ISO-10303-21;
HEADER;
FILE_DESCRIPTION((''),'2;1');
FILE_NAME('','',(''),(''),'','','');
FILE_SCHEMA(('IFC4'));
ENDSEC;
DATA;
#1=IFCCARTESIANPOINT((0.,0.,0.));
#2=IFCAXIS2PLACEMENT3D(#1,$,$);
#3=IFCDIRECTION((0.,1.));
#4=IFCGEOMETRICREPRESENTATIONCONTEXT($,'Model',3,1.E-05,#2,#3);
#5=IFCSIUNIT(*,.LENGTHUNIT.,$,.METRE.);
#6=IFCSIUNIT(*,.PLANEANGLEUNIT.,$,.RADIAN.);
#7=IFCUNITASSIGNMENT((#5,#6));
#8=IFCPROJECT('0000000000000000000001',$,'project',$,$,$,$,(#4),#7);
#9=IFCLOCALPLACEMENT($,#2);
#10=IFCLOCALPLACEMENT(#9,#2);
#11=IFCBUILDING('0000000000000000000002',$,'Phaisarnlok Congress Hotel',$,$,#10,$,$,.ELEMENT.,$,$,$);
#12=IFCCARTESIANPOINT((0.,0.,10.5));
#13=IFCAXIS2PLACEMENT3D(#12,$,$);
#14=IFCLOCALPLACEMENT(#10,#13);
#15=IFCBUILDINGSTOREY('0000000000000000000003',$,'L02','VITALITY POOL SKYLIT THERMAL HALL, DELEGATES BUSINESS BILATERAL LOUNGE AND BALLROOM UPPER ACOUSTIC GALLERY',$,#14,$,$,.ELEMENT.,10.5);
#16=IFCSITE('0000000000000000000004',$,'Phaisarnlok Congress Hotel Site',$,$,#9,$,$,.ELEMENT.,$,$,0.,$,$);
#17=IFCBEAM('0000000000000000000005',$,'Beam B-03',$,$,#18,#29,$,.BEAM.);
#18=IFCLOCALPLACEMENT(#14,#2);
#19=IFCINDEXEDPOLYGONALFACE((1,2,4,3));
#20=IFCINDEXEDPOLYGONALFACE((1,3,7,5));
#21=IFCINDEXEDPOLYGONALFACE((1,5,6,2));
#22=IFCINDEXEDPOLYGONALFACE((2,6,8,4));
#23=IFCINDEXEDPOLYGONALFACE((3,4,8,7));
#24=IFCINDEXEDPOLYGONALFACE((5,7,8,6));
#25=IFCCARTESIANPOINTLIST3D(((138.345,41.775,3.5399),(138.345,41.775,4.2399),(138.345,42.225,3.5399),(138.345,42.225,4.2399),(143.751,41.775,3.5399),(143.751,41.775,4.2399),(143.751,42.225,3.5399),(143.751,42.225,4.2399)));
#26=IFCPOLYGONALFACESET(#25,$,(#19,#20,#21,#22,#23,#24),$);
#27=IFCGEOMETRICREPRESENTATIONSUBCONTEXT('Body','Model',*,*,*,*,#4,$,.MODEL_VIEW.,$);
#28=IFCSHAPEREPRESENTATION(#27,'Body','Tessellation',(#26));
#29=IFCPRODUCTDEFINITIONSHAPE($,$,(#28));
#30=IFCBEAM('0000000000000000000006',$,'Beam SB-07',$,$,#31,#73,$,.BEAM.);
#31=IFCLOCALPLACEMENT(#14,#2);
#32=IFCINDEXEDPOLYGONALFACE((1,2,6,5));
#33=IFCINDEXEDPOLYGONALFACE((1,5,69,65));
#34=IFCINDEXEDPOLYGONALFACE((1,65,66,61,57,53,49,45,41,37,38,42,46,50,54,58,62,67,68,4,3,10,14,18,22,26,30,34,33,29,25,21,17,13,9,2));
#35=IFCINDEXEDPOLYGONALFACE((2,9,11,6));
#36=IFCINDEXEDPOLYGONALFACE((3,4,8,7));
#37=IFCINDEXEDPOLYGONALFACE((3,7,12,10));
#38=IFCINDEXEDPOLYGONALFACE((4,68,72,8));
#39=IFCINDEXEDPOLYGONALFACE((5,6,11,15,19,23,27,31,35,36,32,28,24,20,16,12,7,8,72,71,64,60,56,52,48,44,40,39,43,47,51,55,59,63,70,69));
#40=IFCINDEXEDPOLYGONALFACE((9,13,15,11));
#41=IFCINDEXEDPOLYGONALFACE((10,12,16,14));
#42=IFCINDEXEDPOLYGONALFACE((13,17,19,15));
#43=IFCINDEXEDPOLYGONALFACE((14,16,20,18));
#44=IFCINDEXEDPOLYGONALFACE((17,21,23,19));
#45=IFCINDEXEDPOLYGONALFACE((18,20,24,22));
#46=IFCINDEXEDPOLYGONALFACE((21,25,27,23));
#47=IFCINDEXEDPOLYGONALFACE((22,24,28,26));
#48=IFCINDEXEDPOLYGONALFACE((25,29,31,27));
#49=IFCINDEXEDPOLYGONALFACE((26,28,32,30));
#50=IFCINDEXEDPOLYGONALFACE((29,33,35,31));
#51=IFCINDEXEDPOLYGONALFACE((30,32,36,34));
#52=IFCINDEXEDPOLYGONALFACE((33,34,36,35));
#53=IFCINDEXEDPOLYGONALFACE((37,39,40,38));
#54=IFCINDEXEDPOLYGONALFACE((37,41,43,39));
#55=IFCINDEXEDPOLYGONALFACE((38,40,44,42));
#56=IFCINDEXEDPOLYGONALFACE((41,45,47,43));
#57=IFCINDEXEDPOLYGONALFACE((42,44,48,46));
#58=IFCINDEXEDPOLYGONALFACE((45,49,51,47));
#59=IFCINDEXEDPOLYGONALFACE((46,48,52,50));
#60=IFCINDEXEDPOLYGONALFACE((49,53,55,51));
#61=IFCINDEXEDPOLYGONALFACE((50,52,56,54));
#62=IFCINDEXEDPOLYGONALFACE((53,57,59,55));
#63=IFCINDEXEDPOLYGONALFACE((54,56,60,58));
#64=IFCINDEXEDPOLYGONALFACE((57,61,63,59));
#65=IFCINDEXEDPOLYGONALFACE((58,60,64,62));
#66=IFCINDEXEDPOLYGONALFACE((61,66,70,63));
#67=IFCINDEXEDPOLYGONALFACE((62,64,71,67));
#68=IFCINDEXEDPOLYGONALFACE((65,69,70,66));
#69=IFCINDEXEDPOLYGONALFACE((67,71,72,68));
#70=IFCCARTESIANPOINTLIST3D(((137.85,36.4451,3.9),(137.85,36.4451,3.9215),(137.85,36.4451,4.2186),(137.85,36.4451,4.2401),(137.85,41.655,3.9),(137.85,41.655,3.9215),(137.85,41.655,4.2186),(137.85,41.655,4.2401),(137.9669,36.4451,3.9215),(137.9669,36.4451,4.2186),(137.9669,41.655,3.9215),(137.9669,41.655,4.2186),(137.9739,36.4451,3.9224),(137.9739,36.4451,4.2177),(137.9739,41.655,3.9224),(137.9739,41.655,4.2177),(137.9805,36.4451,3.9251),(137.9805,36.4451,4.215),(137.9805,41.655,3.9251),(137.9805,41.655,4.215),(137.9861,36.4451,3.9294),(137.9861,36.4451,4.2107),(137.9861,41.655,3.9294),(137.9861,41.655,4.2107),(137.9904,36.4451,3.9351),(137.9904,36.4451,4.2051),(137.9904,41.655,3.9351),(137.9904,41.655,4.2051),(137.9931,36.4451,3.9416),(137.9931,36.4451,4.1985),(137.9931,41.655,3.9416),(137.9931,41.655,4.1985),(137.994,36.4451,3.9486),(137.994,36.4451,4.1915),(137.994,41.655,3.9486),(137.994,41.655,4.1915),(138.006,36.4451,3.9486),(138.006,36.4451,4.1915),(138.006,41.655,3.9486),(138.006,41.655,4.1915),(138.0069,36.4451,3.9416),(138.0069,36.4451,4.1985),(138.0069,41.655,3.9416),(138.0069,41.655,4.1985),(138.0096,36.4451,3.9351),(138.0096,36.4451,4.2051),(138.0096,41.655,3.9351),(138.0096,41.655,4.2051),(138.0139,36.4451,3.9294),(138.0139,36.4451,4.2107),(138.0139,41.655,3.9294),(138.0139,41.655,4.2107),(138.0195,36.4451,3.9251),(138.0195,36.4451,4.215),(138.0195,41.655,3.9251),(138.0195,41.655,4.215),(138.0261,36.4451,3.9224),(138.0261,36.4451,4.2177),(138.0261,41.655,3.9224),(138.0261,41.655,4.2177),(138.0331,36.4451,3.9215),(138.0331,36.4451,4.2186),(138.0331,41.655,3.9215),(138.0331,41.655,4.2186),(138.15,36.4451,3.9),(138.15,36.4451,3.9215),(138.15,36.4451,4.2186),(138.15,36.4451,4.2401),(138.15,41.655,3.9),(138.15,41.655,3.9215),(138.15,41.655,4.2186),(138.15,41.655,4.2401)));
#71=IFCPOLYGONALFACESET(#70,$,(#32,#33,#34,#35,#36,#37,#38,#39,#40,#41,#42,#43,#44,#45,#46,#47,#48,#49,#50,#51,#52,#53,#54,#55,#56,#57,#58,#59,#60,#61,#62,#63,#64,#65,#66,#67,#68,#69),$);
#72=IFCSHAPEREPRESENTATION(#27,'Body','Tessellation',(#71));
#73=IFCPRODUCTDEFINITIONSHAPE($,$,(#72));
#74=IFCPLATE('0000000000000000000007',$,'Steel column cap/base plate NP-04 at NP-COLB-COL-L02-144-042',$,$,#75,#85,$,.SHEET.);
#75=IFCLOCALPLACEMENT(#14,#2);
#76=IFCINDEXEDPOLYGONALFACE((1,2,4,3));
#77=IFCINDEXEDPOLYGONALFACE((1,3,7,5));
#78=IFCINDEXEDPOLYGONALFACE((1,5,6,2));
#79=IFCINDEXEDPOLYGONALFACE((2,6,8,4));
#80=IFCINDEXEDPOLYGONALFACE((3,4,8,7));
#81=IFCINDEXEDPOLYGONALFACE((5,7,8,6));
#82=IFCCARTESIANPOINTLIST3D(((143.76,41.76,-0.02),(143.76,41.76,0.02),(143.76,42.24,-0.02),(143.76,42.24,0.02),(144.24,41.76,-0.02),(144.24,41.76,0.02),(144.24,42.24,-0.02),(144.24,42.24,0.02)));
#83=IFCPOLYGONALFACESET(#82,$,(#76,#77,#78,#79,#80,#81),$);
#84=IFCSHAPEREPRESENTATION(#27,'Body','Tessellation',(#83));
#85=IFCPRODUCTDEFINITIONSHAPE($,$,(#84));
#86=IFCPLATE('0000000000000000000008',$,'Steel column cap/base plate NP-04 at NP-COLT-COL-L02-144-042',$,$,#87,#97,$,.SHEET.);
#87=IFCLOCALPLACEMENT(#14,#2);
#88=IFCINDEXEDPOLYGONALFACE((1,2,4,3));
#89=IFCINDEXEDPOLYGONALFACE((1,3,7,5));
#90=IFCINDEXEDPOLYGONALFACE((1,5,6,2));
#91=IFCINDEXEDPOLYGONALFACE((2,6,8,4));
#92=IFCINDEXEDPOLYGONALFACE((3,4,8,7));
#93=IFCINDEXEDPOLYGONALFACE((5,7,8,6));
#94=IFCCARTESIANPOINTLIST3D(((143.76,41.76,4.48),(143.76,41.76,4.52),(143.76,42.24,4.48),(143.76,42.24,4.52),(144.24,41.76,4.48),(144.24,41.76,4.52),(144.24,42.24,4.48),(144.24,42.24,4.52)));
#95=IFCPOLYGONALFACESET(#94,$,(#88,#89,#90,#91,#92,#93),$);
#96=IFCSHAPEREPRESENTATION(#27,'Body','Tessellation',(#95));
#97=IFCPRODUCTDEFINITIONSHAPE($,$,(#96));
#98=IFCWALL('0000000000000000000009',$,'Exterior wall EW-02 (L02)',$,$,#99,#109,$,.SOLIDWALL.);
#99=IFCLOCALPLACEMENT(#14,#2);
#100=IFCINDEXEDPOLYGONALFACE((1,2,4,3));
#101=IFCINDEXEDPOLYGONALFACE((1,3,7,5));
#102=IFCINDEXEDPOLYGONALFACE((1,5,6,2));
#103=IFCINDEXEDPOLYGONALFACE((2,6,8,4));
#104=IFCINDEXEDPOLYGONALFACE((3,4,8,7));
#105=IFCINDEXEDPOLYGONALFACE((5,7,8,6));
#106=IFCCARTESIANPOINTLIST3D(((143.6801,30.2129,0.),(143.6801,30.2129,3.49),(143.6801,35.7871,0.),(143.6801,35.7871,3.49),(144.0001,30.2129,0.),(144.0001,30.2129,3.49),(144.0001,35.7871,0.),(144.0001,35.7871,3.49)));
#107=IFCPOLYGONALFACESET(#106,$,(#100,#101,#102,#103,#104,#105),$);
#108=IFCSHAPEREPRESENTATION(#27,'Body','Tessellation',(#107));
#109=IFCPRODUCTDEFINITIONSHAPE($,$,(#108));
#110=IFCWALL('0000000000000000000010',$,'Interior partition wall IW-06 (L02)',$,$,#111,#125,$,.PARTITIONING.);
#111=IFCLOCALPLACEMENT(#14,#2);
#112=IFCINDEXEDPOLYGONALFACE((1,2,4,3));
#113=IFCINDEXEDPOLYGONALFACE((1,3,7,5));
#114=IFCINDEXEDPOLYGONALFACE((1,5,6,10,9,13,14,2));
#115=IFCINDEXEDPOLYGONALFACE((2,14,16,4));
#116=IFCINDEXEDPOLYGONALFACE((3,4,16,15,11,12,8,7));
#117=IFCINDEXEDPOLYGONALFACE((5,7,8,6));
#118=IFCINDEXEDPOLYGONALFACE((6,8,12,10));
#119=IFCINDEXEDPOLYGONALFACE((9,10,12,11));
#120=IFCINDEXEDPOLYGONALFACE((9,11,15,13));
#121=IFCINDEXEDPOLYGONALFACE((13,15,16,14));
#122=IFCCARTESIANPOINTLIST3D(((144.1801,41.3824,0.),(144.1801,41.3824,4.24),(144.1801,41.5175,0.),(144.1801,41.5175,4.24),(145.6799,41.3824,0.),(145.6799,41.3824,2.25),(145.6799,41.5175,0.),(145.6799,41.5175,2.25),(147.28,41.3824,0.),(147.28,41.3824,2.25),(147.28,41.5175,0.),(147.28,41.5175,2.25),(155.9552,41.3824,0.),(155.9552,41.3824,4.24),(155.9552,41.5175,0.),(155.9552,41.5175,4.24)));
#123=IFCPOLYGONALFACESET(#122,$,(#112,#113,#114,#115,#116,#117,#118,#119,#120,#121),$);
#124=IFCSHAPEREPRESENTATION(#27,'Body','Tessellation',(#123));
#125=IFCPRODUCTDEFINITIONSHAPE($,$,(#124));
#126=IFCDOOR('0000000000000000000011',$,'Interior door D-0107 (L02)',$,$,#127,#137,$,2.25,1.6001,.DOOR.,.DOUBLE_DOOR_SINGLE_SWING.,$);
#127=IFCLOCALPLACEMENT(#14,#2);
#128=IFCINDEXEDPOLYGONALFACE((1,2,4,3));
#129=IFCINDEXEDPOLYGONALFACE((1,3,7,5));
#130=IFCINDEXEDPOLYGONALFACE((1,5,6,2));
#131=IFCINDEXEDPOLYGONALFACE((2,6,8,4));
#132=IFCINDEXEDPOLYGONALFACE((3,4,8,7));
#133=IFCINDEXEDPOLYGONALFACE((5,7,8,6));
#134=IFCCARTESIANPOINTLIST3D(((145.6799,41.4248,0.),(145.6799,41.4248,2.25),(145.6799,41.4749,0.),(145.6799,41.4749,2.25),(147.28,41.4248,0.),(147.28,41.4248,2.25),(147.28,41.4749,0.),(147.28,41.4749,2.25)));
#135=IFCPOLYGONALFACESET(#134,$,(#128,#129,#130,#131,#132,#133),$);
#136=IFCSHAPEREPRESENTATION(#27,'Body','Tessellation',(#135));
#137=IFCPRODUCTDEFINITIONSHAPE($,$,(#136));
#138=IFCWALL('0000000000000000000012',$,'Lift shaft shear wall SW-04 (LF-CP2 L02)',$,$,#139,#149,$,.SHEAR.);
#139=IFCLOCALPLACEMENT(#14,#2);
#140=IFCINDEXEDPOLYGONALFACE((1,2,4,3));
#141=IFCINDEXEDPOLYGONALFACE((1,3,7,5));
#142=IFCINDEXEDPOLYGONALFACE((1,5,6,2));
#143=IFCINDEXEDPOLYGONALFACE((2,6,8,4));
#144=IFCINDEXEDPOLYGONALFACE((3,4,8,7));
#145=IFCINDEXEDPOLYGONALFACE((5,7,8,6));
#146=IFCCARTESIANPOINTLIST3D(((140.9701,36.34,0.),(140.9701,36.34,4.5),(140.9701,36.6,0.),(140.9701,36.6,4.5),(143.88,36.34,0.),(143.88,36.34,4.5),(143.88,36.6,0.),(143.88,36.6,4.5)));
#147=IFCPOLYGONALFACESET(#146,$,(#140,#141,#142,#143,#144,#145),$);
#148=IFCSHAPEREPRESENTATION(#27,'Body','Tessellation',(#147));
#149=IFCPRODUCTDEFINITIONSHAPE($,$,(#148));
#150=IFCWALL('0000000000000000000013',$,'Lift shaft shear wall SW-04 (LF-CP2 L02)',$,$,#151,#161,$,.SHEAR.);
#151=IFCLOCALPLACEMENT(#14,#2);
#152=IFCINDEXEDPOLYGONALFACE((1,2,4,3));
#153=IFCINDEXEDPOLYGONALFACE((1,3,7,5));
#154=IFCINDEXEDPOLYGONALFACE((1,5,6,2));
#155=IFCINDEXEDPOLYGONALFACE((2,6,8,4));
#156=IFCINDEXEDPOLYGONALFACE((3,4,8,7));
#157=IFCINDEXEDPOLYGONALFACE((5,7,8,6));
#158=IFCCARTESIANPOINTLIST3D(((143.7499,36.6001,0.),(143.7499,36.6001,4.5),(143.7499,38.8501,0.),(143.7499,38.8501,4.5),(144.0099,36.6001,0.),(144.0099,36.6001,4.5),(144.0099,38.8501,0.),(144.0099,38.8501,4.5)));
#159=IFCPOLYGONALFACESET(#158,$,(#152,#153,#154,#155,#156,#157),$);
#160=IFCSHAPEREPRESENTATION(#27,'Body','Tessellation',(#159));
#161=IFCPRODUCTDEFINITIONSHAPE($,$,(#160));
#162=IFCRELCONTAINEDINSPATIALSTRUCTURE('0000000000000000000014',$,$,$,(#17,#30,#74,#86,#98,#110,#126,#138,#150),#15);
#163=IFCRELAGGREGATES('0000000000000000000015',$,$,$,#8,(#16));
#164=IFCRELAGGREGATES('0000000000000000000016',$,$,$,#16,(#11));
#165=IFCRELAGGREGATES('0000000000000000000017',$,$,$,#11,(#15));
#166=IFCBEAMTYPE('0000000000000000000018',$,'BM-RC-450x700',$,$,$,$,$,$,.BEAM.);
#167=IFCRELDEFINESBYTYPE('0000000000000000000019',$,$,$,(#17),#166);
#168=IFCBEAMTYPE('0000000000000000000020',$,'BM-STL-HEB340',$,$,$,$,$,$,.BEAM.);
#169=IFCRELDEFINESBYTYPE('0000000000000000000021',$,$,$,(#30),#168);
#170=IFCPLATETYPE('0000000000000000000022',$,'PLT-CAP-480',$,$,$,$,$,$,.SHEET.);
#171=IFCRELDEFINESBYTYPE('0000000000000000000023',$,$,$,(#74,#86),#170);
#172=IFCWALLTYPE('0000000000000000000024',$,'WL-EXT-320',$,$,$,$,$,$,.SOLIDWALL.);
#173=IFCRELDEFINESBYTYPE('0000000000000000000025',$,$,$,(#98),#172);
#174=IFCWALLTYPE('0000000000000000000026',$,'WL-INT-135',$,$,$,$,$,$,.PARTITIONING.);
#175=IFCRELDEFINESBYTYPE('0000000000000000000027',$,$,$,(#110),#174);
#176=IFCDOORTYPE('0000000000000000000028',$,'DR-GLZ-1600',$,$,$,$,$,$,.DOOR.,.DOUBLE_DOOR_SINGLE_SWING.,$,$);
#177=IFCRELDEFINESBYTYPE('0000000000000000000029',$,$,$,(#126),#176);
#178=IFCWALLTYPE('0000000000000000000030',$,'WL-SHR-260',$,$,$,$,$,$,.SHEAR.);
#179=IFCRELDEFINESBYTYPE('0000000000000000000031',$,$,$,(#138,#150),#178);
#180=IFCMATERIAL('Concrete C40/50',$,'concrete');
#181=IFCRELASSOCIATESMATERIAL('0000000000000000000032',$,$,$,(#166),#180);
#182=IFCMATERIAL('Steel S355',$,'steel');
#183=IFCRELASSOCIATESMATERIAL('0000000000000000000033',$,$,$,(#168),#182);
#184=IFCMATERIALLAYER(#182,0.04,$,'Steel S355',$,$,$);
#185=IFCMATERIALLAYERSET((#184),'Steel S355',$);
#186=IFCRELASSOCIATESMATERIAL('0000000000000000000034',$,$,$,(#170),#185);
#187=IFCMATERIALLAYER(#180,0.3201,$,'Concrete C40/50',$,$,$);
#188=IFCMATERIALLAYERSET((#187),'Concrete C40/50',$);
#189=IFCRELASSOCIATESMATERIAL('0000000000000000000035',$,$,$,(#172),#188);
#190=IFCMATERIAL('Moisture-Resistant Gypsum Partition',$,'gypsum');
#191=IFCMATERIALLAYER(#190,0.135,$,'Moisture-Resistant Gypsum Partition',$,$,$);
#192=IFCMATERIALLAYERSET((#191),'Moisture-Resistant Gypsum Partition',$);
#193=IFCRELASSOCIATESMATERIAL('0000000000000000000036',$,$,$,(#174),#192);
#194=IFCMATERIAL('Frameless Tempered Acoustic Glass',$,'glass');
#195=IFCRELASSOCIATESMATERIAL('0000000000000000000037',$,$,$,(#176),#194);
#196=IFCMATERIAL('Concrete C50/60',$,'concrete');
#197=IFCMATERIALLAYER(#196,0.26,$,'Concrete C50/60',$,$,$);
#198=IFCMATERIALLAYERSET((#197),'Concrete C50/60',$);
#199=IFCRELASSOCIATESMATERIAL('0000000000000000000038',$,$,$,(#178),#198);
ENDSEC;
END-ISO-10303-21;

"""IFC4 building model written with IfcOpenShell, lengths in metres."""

from ifc_helpers import new_model, si_unit, direction, frame, frame_2d, origin, origin_2d, place, context, subcontext, project, spatial, rectangle, i_section, extrude, material, layer, layer_set, material_profile, profile_set, type_object, element, fill, save


model = new_model("IFC4")

# Units and contexts
model_context = context("Model", 3, precision=1e-05, world=origin(), true_north=direction((0.0, 1.0)))
body_context = subcontext(model_context, "Body", "Model", "MODEL_VIEW")
ifc_project = project(units=[si_unit("LENGTHUNIT", "METRE"), si_unit("PLANEANGLEUNIT", "RADIAN")], contexts=[model_context])

# Site, building, storey
site_placement = place(None, origin())
site = spatial("IfcSite", under=ifc_project, at=site_placement, Name="Phaisarnlok Congress Hotel Site", CompositionType="ELEMENT", RefElevation=0.0)
building_placement = place(site_placement, origin())
building = spatial("IfcBuilding", under=site, at=building_placement, Name="Phaisarnlok Congress Hotel", CompositionType="ELEMENT")
storey_placement = place(building_placement, frame((0.0, 0.0, 10.5)))
storey = spatial("IfcBuildingStorey", under=building, at=storey_placement, Name="L02", Description="VITALITY POOL SKYLIT THERMAL HALL, DELEGATES BUSINESS BILATERAL LOUNGE AND BALLROOM UPPER ACOUSTIC GALLERY", CompositionType="ELEMENT", Elevation=10.5)

# Shared definitions
ifc_material_1 = material(Name="Concrete C50/60", Category="concrete")
ifc_material_2 = material(Name="Steel S355", Category="steel")

# Beams
ifc_material_3 = material(Name="Concrete C40/50", Category="concrete")
ifc_material_profile_1 = material_profile(ifc_material_3, rectangle(XDim=0.45, YDim=0.7, at=origin_2d()), Name="RC 450x700")
ifc_profile_set_1 = profile_set([ifc_material_profile_1], Name="Concrete C40/50")
beam_type_1 = type_object("IfcBeamType", Name="BM-RC-450x700", PredefinedType="BEAM", material=ifc_profile_set_1)
beam_1_placement = place(storey_placement, frame((138.345, 42.0, 3.8899), z_axis=(1.0, 0.0, 0.0), x_axis=(0.0, 1.0, 0.0)))
element("IfcBeam", 1, at=beam_1_placement, inside=storey, type_object=beam_type_1, Name="Beam B-03", PredefinedType="BEAM", context=body_context, shape_type="SweptSolid", body=[
    extrude(rectangle(XDim=0.45, YDim=0.7, at=origin_2d()), origin(), (0.0, 0.0, 1.0), 5.406),
])
ifc_material_profile_2 = material_profile(ifc_material_2, i_section(OverallWidth=0.3, OverallDepth=0.3401, WebThickness=0.012, FlangeThickness=0.0215, FilletRadius=0.0271, at=origin_2d()), Name="HEB 340")
ifc_profile_set_2 = profile_set([ifc_material_profile_2], Name="Steel S355")
beam_type_2 = type_object("IfcBeamType", Name="BM-STL-HEB340", PredefinedType="BEAM", material=ifc_profile_set_2)
beam_2_placement = place(storey_placement, frame((138.0, 36.4451, 4.0701), z_axis=(0.0, 1.0, 0.0), x_axis=(-1.0, 0.0, 0.0)))
element("IfcBeam", 2, at=beam_2_placement, inside=storey, type_object=beam_type_2, Name="Beam SB-07", PredefinedType="BEAM", context=body_context, shape_type="SweptSolid", body=[
    extrude(i_section(OverallWidth=0.3, OverallDepth=0.3401, WebThickness=0.012, FlangeThickness=0.0215, FilletRadius=0.0271, at=origin_2d()), origin(), (0.0, 0.0, 1.0), 5.21),
])

# Plates
ifc_layer_1 = layer(ifc_material_2, 0.04, Name="Steel S355")
ifc_layer_set_1 = layer_set([ifc_layer_1], Name="Steel S355")
plate_type = type_object("IfcPlateType", Name="PLT-CAP-480", PredefinedType="SHEET", material=ifc_layer_set_1)
for number, where, z_axis, x_axis, name in (
    (3, (144.0, 42.0, -0.02), (0.0, 0.0, 1.0), (1.0, 0.0, 0.0), "Steel column cap/base plate NP-04 at NP-COLB-COL-L02-144-042"),
    (4, (144.0, 42.0, 4.48), (0.0, 0.0, 1.0), (1.0, 0.0, 0.0), "Steel column cap/base plate NP-04 at NP-COLT-COL-L02-144-042"),
):
    element("IfcPlate", number, at=place(storey_placement, frame(where, z_axis=z_axis, x_axis=x_axis)), inside=storey, type_object=plate_type, Name=name, PredefinedType="SHEET", context=body_context, shape_type="SweptSolid", body=[
        extrude(rectangle(XDim=0.48, YDim=0.48, at=origin_2d()), origin(), (0.0, 0.0, 1.0), 0.04),
    ])

# Wall
ifc_layer_2 = layer(ifc_material_3, 0.3201, Name="Concrete C40/50")
ifc_layer_set_2 = layer_set([ifc_layer_2], Name="Concrete C40/50")
wall_type_1 = type_object("IfcWallType", Name="WL-EXT-320", PredefinedType="SOLIDWALL", material=ifc_layer_set_2)
wall_1_placement = place(storey_placement, frame((143.8401, 30.2129, 0.0), z_axis=(0.0, 0.0, 1.0), x_axis=(0.0, 1.0, 0.0)))
element("IfcWall", 5, at=wall_1_placement, inside=storey, type_object=wall_type_1, Name="Exterior wall EW-02 (L02)", PredefinedType="SOLIDWALL", context=body_context, shape_type="SweptSolid", body=[
    extrude(rectangle(XDim=5.5742, YDim=0.3201, at=frame_2d((2.7871, 0.0))), origin(), (0.0, 0.0, 1.0), 3.49),
])

# Wall, opening, door
ifc_material_4 = material(Name="Moisture-Resistant Gypsum Partition", Category="gypsum")
ifc_layer_3 = layer(ifc_material_4, 0.135, Name="Moisture-Resistant Gypsum Partition")
ifc_layer_set_3 = layer_set([ifc_layer_3], Name="Moisture-Resistant Gypsum Partition")
wall_type_2 = type_object("IfcWallType", Name="WL-INT-135", PredefinedType="PARTITIONING", material=ifc_layer_set_3)
wall_2_placement = place(storey_placement, frame((144.1799, 41.45, 0.0), z_axis=(0.0, 0.0, 1.0), x_axis=(1.0, 0.0, 0.0)))
wall_2 = element("IfcWall", 6, at=wall_2_placement, inside=storey, type_object=wall_type_2, Name="Interior partition wall IW-06 (L02)", PredefinedType="PARTITIONING", context=body_context, shape_type="SweptSolid", body=[
    extrude(rectangle(XDim=11.7751, YDim=0.135, at=frame_2d((5.8877, 0.0))), origin(), (0.0, 0.0, 1.0), 4.24),
])
opening_1_placement = place(wall_2_placement, frame((1.5, 0.0, 0.0)))
opening_1 = element("IfcOpeningElement", 7, at=opening_1_placement, cuts=wall_2, PredefinedType="OPENING", context=body_context, shape_type="SweptSolid", body=[
    extrude(rectangle(XDim=1.6001, YDim=2.25, at=frame_2d((0.8, 1.125))), frame((0.0, 0.0776, 0.0), z_axis=(0.0, -1.0, 0.0), x_axis=(1.0, 0.0, 0.0)), (0.0, 0.0, 1.0), 0.155),
])
ifc_material_5 = material(Name="Frameless Tempered Acoustic Glass", Category="glass")
door_type_1 = type_object("IfcDoorType", Name="DR-GLZ-1600", OperationType="DOUBLE_DOOR_SINGLE_SWING", PredefinedType="DOOR", material=ifc_material_5)
door_1_placement = place(opening_1_placement, origin())
door_1 = element("IfcDoor", 8, at=door_1_placement, inside=storey, type_object=door_type_1, Name="Interior door D-0107 (L02)", OperationType="DOUBLE_DOOR_SINGLE_SWING", OverallHeight=2.25, OverallWidth=1.6001, PredefinedType="DOOR", context=body_context, shape_type="SweptSolid", body=[
    extrude(rectangle(XDim=1.6001, YDim=2.25, at=frame_2d((0.8, 1.125))), frame((0.0, 0.0249, 0.0), z_axis=(0.0, -1.0, 0.0), x_axis=(1.0, 0.0, 0.0)), (0.0, 0.0, 1.0), 0.05),
])
fill(opening_1, door_1)
ifc_layer_4 = layer(ifc_material_1, 0.26, Name="Concrete C50/60")
ifc_layer_set_4 = layer_set([ifc_layer_4], Name="Concrete C50/60")
wall_type_3 = type_object("IfcWallType", Name="WL-SHR-260", PredefinedType="SHEAR", material=ifc_layer_set_4)

# Walls
wall_3_placement = place(storey_placement, frame((140.97, 36.47, 0.0), z_axis=(0.0, 0.0, 1.0), x_axis=(1.0, 0.0, 0.0)))
element("IfcWall", 9, at=wall_3_placement, inside=storey, type_object=wall_type_3, Name="Lift shaft shear wall SW-04 (LF-CP2 L02)", PredefinedType="SHEAR", context=body_context, shape_type="SweptSolid", body=[
    extrude(rectangle(XDim=2.9099, YDim=0.26, at=frame_2d((1.4551, 0.0))), origin(), (0.0, 0.0, 1.0), 4.5),
])
wall_4_placement = place(storey_placement, frame((143.8799, 36.6001, 0.0), z_axis=(0.0, 0.0, 1.0), x_axis=(0.0, 1.0, 0.0)))
element("IfcWall", 10, at=wall_4_placement, inside=storey, type_object=wall_type_3, Name="Lift shaft shear wall SW-04 (LF-CP2 L02)", PredefinedType="SHEAR", context=body_context, shape_type="SweptSolid", body=[
    extrude(rectangle(XDim=2.25, YDim=0.26, at=frame_2d((1.125, 0.0))), origin(), (0.0, 0.0, 1.0), 4.5),
])

save(model, "model.ifc")
